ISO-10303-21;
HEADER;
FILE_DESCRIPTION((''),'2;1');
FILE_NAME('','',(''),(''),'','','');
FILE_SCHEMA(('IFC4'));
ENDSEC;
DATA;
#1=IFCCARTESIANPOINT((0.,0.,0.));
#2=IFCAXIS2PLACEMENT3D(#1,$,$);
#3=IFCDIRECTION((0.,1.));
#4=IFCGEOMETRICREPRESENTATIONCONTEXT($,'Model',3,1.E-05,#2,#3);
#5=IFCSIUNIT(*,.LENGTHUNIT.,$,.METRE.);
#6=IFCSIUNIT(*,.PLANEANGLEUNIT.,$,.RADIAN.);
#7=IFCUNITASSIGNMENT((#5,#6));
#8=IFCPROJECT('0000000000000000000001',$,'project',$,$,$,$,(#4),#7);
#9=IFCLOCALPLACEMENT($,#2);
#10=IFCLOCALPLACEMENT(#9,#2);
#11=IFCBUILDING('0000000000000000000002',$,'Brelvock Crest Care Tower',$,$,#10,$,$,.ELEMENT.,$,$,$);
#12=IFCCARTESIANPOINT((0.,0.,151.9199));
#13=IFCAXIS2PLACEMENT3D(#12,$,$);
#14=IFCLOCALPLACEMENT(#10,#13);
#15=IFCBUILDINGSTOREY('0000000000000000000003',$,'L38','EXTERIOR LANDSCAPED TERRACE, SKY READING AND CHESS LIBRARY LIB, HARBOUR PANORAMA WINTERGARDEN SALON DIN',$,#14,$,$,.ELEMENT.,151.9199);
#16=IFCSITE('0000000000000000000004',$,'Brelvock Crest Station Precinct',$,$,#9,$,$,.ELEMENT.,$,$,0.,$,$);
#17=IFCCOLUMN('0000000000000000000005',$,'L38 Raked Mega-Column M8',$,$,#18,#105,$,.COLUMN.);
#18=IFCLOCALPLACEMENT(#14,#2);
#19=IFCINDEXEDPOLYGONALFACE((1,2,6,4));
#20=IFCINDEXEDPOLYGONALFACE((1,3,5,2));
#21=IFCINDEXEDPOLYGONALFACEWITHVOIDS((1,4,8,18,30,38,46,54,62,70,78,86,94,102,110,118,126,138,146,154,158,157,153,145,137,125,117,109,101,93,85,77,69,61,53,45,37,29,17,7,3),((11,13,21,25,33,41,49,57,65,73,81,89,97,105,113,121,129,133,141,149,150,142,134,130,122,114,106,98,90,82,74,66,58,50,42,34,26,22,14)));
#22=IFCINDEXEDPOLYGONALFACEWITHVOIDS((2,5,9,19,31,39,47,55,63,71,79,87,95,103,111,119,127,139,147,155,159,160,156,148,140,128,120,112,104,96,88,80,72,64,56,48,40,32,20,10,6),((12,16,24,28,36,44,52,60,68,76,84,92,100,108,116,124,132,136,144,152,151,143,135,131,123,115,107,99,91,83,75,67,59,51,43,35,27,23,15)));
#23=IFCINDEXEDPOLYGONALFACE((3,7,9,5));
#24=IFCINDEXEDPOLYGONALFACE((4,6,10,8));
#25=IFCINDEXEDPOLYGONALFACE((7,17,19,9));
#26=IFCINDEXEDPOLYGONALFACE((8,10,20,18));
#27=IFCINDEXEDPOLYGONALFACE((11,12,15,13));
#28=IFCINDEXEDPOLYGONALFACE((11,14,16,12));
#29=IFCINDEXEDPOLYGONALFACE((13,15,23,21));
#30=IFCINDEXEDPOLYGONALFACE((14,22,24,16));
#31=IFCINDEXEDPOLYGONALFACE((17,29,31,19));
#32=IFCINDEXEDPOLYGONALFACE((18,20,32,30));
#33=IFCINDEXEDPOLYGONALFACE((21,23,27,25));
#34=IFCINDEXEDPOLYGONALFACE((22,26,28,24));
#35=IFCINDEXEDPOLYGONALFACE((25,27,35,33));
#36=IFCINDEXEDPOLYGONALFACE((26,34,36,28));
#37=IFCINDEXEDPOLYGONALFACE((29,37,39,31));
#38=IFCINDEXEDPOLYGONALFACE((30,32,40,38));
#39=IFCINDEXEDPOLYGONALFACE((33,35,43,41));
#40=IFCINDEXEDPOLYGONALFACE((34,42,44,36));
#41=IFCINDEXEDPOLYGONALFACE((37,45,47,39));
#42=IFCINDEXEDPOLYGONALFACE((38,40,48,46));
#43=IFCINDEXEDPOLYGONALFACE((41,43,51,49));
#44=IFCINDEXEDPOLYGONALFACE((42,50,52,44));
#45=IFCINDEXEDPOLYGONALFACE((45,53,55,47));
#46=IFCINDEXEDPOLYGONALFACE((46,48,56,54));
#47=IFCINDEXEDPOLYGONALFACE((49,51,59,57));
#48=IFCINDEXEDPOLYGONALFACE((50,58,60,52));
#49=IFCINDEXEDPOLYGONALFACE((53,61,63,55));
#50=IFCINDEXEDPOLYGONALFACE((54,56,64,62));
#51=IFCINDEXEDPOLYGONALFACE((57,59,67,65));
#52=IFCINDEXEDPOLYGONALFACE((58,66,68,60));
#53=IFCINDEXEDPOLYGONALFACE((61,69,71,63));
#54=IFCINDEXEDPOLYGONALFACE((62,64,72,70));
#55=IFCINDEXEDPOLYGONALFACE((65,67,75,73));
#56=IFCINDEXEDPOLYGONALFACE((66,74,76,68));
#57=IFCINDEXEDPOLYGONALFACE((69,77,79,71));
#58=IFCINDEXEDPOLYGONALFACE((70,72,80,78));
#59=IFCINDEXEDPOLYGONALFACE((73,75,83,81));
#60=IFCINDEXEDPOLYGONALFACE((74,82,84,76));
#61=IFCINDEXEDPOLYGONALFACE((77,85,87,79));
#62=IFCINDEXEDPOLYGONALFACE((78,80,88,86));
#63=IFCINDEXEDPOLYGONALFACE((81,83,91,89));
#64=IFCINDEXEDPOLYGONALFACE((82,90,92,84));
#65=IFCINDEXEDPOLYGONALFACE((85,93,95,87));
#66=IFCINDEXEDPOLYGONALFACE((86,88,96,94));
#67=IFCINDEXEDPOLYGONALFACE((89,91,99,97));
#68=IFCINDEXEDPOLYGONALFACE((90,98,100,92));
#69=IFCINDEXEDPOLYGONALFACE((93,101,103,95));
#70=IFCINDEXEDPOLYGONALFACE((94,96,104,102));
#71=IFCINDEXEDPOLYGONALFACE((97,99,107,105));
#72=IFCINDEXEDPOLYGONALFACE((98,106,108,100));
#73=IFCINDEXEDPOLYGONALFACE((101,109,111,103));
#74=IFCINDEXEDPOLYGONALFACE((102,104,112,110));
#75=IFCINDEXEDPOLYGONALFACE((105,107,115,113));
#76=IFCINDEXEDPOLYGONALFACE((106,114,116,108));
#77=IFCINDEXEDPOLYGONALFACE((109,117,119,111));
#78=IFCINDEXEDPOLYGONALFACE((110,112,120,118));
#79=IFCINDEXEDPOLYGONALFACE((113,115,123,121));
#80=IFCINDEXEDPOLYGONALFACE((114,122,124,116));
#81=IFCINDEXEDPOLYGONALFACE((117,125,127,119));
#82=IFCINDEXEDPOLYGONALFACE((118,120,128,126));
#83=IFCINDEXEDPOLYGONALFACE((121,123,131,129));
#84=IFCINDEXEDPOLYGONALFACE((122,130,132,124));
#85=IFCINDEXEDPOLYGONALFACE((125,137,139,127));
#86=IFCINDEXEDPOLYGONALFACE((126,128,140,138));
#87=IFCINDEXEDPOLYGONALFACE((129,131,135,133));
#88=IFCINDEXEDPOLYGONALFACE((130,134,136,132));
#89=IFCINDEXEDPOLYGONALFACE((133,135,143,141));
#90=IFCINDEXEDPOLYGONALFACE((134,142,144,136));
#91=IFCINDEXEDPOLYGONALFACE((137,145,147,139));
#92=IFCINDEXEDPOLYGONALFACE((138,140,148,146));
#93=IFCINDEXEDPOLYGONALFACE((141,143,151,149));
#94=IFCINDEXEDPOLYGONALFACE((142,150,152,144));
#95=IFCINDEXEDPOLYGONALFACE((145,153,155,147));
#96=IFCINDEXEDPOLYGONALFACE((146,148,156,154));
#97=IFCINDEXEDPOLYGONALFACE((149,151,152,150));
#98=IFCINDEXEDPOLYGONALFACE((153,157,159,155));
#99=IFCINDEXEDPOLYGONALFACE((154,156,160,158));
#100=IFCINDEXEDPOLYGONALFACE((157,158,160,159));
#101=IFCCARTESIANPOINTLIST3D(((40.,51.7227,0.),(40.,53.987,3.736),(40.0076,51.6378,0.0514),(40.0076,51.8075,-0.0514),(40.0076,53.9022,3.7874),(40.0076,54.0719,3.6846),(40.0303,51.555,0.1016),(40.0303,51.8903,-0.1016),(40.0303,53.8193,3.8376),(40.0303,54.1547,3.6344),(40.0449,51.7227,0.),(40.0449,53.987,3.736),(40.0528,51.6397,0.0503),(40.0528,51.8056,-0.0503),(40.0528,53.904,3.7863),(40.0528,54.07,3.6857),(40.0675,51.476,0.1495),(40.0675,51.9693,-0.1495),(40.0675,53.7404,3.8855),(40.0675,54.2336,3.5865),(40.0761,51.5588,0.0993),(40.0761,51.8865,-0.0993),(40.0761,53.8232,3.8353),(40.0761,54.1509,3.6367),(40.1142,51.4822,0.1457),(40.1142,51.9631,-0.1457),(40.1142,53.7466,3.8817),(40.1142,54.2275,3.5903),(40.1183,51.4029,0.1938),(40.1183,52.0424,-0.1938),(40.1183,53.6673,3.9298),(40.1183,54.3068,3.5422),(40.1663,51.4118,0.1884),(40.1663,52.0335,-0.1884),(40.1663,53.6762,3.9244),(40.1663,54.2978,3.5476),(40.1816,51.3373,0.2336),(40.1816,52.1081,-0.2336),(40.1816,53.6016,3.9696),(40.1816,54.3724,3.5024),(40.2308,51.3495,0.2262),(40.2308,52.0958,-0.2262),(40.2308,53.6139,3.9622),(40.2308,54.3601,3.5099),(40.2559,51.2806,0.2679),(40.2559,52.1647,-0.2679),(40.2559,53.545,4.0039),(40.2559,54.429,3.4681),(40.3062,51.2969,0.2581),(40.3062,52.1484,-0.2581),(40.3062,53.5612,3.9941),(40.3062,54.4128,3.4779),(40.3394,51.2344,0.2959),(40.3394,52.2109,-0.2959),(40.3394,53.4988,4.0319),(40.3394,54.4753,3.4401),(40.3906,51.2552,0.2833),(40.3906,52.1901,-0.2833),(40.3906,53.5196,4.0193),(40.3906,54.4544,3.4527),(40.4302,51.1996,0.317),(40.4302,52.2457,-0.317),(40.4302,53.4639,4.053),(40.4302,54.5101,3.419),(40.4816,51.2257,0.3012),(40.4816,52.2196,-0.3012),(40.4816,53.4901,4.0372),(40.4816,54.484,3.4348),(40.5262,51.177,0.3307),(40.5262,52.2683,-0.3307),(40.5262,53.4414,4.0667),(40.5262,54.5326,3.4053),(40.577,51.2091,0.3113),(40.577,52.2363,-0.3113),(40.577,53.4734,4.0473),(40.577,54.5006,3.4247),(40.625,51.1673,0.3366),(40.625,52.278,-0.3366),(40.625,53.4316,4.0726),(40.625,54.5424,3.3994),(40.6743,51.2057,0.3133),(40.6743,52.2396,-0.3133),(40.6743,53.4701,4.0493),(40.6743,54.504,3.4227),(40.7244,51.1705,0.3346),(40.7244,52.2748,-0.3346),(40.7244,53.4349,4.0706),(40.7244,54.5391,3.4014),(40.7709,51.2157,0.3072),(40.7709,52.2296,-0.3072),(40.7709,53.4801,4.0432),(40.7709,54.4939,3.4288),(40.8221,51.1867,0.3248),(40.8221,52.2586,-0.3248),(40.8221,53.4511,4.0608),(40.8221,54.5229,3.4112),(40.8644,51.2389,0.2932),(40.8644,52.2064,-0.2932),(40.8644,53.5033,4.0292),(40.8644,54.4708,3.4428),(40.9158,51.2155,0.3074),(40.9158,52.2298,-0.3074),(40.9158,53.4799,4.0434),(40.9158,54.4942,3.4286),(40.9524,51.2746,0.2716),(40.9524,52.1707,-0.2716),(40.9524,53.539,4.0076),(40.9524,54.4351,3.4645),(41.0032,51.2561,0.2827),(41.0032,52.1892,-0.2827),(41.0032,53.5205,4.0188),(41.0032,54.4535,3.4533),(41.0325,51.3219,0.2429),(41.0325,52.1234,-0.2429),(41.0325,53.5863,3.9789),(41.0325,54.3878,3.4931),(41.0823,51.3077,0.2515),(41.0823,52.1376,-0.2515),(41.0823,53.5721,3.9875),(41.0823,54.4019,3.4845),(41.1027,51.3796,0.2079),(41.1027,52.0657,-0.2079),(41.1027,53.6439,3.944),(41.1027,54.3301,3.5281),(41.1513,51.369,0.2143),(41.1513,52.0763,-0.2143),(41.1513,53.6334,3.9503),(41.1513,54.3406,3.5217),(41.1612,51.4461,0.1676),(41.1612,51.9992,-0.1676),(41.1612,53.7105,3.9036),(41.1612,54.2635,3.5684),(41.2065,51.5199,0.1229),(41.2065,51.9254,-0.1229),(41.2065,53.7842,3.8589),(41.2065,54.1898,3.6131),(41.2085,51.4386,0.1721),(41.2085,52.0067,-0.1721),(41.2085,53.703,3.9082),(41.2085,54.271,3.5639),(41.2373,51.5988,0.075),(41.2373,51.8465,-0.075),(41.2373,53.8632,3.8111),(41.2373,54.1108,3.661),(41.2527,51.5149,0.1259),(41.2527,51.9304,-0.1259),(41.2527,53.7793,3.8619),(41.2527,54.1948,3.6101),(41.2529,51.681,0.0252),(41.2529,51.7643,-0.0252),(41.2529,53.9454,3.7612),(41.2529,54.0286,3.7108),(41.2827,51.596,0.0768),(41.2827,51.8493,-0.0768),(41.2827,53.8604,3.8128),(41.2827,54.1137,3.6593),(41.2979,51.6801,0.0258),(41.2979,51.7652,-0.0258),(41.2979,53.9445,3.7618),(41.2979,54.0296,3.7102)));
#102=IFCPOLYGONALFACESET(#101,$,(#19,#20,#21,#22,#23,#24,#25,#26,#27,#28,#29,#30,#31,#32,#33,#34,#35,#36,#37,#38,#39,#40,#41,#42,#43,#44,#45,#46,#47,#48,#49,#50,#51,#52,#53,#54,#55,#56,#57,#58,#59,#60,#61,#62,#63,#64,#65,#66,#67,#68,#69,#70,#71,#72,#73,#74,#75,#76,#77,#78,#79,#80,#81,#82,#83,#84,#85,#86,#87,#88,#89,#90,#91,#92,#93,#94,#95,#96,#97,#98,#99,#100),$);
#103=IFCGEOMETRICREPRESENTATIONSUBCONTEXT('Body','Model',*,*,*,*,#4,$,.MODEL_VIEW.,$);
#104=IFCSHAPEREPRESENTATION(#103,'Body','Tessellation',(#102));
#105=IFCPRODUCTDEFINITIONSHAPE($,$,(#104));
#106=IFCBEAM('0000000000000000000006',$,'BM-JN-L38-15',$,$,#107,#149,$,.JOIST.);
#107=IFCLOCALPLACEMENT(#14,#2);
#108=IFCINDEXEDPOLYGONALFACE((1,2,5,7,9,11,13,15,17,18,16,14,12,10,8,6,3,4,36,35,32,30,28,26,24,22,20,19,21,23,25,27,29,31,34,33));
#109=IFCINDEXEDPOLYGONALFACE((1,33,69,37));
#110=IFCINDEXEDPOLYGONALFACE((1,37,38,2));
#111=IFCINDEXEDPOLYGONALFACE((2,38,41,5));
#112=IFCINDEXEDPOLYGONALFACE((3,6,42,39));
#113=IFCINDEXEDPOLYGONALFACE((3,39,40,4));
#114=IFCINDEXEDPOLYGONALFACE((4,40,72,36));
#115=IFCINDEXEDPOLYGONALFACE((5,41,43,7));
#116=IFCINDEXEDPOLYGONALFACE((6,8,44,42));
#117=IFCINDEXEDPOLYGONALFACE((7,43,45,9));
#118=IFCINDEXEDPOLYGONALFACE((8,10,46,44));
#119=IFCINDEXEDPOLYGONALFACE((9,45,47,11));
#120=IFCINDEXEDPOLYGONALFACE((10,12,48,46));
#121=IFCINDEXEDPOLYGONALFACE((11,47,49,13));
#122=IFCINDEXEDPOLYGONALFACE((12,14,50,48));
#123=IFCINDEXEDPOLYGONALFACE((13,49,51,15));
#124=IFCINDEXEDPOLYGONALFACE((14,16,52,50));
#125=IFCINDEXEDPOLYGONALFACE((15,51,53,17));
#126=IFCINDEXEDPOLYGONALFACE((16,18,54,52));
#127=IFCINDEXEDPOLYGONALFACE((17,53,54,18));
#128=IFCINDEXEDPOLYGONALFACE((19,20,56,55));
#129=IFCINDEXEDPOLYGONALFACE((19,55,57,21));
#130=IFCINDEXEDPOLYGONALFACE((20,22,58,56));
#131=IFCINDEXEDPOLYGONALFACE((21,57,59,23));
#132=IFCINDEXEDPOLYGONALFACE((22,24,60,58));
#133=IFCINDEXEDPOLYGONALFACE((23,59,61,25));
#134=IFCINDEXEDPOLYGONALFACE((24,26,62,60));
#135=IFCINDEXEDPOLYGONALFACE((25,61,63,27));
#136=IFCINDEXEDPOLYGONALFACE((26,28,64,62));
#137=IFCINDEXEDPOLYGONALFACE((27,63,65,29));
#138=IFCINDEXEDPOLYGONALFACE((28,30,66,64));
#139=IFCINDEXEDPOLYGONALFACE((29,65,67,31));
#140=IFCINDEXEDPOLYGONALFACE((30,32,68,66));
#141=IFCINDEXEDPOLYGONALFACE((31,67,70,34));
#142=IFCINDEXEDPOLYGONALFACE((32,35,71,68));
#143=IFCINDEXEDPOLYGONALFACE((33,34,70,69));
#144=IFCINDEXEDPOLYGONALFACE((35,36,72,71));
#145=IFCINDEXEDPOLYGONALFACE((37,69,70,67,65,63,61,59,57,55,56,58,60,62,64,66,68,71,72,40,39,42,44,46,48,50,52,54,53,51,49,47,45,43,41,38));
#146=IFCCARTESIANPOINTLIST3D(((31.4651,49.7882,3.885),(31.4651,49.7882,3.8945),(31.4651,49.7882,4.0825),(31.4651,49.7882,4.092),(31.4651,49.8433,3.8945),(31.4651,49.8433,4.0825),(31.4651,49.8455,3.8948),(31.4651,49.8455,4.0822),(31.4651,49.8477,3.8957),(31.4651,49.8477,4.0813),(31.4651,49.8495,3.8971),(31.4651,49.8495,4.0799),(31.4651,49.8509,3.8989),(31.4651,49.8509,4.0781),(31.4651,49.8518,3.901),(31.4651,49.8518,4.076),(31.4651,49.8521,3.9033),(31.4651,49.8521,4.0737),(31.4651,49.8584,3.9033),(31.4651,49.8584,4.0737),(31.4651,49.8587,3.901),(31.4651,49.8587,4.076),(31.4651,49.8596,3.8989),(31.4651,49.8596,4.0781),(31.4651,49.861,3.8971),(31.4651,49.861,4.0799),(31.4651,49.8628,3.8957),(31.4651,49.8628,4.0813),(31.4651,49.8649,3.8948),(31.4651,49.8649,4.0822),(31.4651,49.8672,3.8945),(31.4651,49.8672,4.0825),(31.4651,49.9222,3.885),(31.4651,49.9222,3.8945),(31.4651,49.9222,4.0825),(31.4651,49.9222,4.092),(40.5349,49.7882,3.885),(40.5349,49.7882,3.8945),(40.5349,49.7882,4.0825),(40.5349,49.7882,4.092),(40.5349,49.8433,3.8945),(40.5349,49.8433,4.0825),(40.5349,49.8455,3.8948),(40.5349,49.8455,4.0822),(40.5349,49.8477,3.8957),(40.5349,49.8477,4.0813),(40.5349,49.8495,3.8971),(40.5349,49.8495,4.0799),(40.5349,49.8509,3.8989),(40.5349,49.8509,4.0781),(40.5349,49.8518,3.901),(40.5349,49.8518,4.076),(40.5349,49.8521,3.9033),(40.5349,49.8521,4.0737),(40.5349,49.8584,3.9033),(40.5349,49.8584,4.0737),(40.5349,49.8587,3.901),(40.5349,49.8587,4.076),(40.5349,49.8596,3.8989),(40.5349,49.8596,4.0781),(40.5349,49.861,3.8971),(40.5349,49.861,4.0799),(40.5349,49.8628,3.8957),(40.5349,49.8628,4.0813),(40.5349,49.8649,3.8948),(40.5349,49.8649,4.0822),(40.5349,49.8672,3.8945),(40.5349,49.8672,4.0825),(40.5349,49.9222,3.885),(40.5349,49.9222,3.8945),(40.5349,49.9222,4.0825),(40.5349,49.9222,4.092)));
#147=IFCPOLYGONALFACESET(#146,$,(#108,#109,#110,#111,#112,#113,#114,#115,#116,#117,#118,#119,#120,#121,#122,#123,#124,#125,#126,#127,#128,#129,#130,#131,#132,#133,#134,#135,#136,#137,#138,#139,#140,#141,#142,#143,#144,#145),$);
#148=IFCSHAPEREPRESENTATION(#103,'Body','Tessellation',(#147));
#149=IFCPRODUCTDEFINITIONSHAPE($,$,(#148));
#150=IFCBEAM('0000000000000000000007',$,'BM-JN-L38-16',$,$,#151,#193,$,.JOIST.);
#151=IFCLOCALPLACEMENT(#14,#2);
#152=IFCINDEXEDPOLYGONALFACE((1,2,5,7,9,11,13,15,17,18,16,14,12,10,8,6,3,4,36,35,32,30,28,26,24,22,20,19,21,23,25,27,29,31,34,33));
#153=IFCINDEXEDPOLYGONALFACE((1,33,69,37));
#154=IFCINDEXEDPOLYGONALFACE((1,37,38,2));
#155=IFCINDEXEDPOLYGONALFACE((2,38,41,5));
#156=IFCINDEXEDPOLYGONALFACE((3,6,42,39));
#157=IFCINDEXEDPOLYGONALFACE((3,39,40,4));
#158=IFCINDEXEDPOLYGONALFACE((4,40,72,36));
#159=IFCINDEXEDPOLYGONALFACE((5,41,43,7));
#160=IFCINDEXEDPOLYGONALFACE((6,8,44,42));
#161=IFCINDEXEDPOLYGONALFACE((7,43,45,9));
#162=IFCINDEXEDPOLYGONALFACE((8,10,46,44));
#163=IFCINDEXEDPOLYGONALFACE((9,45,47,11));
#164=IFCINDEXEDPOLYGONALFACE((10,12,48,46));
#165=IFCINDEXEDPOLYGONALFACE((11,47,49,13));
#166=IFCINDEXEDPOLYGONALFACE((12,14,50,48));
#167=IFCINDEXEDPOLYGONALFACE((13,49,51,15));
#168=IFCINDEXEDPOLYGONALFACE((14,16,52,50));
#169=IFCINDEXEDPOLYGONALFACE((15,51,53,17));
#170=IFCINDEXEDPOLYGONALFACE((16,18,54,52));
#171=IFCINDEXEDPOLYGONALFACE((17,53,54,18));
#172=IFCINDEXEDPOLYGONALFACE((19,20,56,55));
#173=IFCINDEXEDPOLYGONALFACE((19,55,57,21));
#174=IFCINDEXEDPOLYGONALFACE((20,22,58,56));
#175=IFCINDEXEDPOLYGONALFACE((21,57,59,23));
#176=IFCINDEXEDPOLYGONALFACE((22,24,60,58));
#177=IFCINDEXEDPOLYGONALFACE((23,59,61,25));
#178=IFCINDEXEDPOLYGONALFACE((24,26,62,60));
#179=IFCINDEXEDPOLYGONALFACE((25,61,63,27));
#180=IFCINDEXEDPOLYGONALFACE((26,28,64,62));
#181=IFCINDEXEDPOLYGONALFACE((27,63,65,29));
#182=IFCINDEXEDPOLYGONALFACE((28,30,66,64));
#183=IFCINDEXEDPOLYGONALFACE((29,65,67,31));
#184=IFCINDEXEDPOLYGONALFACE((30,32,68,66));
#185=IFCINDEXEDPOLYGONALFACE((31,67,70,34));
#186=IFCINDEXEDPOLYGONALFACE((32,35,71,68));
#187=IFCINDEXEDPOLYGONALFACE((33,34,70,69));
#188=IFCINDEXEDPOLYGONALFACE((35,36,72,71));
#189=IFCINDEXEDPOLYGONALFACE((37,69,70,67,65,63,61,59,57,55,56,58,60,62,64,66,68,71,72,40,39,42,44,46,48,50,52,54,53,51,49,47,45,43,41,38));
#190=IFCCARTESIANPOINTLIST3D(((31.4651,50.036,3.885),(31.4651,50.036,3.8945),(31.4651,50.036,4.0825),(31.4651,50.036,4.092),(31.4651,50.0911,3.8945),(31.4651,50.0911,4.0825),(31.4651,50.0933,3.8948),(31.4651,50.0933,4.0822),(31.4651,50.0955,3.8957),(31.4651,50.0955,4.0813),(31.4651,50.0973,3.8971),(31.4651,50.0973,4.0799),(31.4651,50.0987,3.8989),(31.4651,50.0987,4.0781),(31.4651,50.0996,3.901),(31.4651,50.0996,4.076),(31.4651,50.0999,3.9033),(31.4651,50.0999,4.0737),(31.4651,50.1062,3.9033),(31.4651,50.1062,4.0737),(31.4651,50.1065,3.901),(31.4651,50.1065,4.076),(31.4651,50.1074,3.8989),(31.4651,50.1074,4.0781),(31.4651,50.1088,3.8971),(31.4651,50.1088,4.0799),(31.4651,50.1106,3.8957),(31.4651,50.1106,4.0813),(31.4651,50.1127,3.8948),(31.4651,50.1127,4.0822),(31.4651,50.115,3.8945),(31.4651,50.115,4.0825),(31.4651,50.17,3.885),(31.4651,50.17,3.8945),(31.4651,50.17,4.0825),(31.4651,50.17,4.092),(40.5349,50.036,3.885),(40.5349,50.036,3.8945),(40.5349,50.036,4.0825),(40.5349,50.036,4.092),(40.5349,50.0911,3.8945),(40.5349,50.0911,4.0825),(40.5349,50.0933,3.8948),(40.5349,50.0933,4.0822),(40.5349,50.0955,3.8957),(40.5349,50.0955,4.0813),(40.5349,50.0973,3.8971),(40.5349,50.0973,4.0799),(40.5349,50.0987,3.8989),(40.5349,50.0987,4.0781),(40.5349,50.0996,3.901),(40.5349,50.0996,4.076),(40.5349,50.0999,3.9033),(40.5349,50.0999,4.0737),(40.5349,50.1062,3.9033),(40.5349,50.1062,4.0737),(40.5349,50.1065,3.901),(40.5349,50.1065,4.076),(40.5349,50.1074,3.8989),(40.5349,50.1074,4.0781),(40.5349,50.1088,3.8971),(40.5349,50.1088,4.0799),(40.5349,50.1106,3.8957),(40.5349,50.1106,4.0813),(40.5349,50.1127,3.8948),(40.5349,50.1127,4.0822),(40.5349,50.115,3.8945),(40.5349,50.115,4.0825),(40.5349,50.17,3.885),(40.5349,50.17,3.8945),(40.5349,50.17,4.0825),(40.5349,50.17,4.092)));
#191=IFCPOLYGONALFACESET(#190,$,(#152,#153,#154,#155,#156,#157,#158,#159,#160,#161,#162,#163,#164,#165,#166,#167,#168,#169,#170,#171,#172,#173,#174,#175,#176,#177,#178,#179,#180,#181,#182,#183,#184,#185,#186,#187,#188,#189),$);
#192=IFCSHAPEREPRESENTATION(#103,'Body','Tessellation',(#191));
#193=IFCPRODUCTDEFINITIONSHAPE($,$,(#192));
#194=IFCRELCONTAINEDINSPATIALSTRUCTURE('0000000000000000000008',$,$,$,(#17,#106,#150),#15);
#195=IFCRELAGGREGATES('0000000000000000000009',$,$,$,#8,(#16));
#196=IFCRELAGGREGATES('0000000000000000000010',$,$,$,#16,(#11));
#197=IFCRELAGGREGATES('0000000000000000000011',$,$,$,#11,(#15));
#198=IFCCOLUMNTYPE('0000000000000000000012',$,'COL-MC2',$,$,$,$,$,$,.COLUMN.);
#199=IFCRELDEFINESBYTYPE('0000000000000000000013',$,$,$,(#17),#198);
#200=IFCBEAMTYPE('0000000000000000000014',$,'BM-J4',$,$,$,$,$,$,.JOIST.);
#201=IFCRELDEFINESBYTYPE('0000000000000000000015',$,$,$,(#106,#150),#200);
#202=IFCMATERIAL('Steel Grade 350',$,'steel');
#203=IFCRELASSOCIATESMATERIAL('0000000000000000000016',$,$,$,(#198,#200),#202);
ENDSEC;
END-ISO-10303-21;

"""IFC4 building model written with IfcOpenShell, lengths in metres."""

from ifc_helpers import new_model, si_unit, direction, frame, origin, origin_2d, place, context, subcontext, project, spatial, hollow_circle, i_section, extrude, source, transform, mapped, material, material_profile, profile_set, type_object, element, save


model = new_model("IFC4")

# Units and contexts
model_context = context("Model", 3, precision=1e-05, world=origin(), true_north=direction((0.0, 1.0)))
body_context = subcontext(model_context, "Body", "Model", "MODEL_VIEW")
ifc_project = project(units=[si_unit("LENGTHUNIT", "METRE"), si_unit("PLANEANGLEUNIT", "RADIAN")], contexts=[model_context])

# Site, building, storey
site_placement = place(None, origin())
site = spatial("IfcSite", under=ifc_project, at=site_placement, Name="Brelvock Crest Station Precinct", CompositionType="ELEMENT", RefElevation=0.0)
building_placement = place(site_placement, origin())
building = spatial("IfcBuilding", under=site, at=building_placement, Name="Brelvock Crest Care Tower", CompositionType="ELEMENT")
storey_placement = place(building_placement, frame((0.0, 0.0, 151.9199)))
storey = spatial("IfcBuildingStorey", under=building, at=storey_placement, Name="L38", Description="EXTERIOR LANDSCAPED TERRACE, SKY READING AND CHESS LIBRARY LIB, HARBOUR PANORAMA WINTERGARDEN SALON DIN", CompositionType="ELEMENT", Elevation=151.9199)

# Column
ifc_material_1 = material(Name="Steel Grade 350", Category="steel")
ifc_material_profile_1 = material_profile(ifc_material_1, hollow_circle(Radius=0.6499, WallThickness=0.0449, at=origin_2d()), Name="CFT1300x45")
ifc_profile_set_1 = profile_set([ifc_material_profile_1], Name="Steel Grade 350")
column_type = type_object("IfcColumnType", Name="COL-MC2", PredefinedType="COLUMN", material=ifc_profile_set_1)
shared_shape_1 = source(origin(), body_context, "Body", "SweptSolid", [
    extrude(hollow_circle(Radius=0.6499, WallThickness=0.0449, at=origin_2d()), origin(), (0.0, 0.0, 1.0), 4.3687),
])
column_placement = place(storey_placement, frame((40.6499, 51.7227, 0.0), z_axis=(0.0, 0.51832, 0.855187), x_axis=(-1.0, 0.0, 0.0)))
element("IfcColumn", 1, at=column_placement, inside=storey, type_object=column_type, Name="L38 Raked Mega-Column M8", PredefinedType="COLUMN", context=body_context, shape_type="MappedRepresentation", body=[
    mapped(shared_shape_1, transform((0.0, 0.0, 0.0), x_axis=(1.0, 0.0, 0.0), y_axis=(0.0, 1.0, 0.0), z_axis=(0.0, 0.0, 1.0), scale=1.0)),
])

# Beams
ifc_material_profile_2 = material_profile(ifc_material_1, i_section(OverallWidth=0.134, OverallDepth=0.207, WebThickness=0.0063, FlangeThickness=0.0095, FilletRadius=0.0088, at=origin_2d()), Name="200UB29.8")
ifc_profile_set_2 = profile_set([ifc_material_profile_2], Name="Steel Grade 350")
beam_type_1 = type_object("IfcBeamType", Name="BM-J4", PredefinedType="JOIST", material=ifc_profile_set_2)
shared_shape_2 = source(origin(), body_context, "Body", "SweptSolid", [
    extrude(i_section(OverallWidth=0.134, OverallDepth=0.207, WebThickness=0.0063, FlangeThickness=0.0095, FilletRadius=0.0088, at=origin_2d()), origin(), (0.0, 0.0, 1.0), 9.0698),
])
for number, where, z_axis, x_axis, name in (
    (2, (31.4651, 49.8552, 3.9885), (1.0, 0.0, 0.0), (0.0, 1.0, 0.0), "BM-JN-L38-15"),
    (3, (31.4651, 50.103, 3.9885), (1.0, 0.0, 0.0), (0.0, 1.0, 0.0), "BM-JN-L38-16"),
):
    element("IfcBeam", number, at=place(storey_placement, frame(where, z_axis=z_axis, x_axis=x_axis)), inside=storey, type_object=beam_type_1, Name=name, PredefinedType="JOIST", context=body_context, shape_type="MappedRepresentation", body=[
        mapped(shared_shape_2, transform((0.0, 0.0, 0.0), x_axis=(1.0, 0.0, 0.0), y_axis=(0.0, 1.0, 0.0), z_axis=(0.0, 0.0, 1.0), scale=1.0)),
    ])

save(model, "model.ifc")
